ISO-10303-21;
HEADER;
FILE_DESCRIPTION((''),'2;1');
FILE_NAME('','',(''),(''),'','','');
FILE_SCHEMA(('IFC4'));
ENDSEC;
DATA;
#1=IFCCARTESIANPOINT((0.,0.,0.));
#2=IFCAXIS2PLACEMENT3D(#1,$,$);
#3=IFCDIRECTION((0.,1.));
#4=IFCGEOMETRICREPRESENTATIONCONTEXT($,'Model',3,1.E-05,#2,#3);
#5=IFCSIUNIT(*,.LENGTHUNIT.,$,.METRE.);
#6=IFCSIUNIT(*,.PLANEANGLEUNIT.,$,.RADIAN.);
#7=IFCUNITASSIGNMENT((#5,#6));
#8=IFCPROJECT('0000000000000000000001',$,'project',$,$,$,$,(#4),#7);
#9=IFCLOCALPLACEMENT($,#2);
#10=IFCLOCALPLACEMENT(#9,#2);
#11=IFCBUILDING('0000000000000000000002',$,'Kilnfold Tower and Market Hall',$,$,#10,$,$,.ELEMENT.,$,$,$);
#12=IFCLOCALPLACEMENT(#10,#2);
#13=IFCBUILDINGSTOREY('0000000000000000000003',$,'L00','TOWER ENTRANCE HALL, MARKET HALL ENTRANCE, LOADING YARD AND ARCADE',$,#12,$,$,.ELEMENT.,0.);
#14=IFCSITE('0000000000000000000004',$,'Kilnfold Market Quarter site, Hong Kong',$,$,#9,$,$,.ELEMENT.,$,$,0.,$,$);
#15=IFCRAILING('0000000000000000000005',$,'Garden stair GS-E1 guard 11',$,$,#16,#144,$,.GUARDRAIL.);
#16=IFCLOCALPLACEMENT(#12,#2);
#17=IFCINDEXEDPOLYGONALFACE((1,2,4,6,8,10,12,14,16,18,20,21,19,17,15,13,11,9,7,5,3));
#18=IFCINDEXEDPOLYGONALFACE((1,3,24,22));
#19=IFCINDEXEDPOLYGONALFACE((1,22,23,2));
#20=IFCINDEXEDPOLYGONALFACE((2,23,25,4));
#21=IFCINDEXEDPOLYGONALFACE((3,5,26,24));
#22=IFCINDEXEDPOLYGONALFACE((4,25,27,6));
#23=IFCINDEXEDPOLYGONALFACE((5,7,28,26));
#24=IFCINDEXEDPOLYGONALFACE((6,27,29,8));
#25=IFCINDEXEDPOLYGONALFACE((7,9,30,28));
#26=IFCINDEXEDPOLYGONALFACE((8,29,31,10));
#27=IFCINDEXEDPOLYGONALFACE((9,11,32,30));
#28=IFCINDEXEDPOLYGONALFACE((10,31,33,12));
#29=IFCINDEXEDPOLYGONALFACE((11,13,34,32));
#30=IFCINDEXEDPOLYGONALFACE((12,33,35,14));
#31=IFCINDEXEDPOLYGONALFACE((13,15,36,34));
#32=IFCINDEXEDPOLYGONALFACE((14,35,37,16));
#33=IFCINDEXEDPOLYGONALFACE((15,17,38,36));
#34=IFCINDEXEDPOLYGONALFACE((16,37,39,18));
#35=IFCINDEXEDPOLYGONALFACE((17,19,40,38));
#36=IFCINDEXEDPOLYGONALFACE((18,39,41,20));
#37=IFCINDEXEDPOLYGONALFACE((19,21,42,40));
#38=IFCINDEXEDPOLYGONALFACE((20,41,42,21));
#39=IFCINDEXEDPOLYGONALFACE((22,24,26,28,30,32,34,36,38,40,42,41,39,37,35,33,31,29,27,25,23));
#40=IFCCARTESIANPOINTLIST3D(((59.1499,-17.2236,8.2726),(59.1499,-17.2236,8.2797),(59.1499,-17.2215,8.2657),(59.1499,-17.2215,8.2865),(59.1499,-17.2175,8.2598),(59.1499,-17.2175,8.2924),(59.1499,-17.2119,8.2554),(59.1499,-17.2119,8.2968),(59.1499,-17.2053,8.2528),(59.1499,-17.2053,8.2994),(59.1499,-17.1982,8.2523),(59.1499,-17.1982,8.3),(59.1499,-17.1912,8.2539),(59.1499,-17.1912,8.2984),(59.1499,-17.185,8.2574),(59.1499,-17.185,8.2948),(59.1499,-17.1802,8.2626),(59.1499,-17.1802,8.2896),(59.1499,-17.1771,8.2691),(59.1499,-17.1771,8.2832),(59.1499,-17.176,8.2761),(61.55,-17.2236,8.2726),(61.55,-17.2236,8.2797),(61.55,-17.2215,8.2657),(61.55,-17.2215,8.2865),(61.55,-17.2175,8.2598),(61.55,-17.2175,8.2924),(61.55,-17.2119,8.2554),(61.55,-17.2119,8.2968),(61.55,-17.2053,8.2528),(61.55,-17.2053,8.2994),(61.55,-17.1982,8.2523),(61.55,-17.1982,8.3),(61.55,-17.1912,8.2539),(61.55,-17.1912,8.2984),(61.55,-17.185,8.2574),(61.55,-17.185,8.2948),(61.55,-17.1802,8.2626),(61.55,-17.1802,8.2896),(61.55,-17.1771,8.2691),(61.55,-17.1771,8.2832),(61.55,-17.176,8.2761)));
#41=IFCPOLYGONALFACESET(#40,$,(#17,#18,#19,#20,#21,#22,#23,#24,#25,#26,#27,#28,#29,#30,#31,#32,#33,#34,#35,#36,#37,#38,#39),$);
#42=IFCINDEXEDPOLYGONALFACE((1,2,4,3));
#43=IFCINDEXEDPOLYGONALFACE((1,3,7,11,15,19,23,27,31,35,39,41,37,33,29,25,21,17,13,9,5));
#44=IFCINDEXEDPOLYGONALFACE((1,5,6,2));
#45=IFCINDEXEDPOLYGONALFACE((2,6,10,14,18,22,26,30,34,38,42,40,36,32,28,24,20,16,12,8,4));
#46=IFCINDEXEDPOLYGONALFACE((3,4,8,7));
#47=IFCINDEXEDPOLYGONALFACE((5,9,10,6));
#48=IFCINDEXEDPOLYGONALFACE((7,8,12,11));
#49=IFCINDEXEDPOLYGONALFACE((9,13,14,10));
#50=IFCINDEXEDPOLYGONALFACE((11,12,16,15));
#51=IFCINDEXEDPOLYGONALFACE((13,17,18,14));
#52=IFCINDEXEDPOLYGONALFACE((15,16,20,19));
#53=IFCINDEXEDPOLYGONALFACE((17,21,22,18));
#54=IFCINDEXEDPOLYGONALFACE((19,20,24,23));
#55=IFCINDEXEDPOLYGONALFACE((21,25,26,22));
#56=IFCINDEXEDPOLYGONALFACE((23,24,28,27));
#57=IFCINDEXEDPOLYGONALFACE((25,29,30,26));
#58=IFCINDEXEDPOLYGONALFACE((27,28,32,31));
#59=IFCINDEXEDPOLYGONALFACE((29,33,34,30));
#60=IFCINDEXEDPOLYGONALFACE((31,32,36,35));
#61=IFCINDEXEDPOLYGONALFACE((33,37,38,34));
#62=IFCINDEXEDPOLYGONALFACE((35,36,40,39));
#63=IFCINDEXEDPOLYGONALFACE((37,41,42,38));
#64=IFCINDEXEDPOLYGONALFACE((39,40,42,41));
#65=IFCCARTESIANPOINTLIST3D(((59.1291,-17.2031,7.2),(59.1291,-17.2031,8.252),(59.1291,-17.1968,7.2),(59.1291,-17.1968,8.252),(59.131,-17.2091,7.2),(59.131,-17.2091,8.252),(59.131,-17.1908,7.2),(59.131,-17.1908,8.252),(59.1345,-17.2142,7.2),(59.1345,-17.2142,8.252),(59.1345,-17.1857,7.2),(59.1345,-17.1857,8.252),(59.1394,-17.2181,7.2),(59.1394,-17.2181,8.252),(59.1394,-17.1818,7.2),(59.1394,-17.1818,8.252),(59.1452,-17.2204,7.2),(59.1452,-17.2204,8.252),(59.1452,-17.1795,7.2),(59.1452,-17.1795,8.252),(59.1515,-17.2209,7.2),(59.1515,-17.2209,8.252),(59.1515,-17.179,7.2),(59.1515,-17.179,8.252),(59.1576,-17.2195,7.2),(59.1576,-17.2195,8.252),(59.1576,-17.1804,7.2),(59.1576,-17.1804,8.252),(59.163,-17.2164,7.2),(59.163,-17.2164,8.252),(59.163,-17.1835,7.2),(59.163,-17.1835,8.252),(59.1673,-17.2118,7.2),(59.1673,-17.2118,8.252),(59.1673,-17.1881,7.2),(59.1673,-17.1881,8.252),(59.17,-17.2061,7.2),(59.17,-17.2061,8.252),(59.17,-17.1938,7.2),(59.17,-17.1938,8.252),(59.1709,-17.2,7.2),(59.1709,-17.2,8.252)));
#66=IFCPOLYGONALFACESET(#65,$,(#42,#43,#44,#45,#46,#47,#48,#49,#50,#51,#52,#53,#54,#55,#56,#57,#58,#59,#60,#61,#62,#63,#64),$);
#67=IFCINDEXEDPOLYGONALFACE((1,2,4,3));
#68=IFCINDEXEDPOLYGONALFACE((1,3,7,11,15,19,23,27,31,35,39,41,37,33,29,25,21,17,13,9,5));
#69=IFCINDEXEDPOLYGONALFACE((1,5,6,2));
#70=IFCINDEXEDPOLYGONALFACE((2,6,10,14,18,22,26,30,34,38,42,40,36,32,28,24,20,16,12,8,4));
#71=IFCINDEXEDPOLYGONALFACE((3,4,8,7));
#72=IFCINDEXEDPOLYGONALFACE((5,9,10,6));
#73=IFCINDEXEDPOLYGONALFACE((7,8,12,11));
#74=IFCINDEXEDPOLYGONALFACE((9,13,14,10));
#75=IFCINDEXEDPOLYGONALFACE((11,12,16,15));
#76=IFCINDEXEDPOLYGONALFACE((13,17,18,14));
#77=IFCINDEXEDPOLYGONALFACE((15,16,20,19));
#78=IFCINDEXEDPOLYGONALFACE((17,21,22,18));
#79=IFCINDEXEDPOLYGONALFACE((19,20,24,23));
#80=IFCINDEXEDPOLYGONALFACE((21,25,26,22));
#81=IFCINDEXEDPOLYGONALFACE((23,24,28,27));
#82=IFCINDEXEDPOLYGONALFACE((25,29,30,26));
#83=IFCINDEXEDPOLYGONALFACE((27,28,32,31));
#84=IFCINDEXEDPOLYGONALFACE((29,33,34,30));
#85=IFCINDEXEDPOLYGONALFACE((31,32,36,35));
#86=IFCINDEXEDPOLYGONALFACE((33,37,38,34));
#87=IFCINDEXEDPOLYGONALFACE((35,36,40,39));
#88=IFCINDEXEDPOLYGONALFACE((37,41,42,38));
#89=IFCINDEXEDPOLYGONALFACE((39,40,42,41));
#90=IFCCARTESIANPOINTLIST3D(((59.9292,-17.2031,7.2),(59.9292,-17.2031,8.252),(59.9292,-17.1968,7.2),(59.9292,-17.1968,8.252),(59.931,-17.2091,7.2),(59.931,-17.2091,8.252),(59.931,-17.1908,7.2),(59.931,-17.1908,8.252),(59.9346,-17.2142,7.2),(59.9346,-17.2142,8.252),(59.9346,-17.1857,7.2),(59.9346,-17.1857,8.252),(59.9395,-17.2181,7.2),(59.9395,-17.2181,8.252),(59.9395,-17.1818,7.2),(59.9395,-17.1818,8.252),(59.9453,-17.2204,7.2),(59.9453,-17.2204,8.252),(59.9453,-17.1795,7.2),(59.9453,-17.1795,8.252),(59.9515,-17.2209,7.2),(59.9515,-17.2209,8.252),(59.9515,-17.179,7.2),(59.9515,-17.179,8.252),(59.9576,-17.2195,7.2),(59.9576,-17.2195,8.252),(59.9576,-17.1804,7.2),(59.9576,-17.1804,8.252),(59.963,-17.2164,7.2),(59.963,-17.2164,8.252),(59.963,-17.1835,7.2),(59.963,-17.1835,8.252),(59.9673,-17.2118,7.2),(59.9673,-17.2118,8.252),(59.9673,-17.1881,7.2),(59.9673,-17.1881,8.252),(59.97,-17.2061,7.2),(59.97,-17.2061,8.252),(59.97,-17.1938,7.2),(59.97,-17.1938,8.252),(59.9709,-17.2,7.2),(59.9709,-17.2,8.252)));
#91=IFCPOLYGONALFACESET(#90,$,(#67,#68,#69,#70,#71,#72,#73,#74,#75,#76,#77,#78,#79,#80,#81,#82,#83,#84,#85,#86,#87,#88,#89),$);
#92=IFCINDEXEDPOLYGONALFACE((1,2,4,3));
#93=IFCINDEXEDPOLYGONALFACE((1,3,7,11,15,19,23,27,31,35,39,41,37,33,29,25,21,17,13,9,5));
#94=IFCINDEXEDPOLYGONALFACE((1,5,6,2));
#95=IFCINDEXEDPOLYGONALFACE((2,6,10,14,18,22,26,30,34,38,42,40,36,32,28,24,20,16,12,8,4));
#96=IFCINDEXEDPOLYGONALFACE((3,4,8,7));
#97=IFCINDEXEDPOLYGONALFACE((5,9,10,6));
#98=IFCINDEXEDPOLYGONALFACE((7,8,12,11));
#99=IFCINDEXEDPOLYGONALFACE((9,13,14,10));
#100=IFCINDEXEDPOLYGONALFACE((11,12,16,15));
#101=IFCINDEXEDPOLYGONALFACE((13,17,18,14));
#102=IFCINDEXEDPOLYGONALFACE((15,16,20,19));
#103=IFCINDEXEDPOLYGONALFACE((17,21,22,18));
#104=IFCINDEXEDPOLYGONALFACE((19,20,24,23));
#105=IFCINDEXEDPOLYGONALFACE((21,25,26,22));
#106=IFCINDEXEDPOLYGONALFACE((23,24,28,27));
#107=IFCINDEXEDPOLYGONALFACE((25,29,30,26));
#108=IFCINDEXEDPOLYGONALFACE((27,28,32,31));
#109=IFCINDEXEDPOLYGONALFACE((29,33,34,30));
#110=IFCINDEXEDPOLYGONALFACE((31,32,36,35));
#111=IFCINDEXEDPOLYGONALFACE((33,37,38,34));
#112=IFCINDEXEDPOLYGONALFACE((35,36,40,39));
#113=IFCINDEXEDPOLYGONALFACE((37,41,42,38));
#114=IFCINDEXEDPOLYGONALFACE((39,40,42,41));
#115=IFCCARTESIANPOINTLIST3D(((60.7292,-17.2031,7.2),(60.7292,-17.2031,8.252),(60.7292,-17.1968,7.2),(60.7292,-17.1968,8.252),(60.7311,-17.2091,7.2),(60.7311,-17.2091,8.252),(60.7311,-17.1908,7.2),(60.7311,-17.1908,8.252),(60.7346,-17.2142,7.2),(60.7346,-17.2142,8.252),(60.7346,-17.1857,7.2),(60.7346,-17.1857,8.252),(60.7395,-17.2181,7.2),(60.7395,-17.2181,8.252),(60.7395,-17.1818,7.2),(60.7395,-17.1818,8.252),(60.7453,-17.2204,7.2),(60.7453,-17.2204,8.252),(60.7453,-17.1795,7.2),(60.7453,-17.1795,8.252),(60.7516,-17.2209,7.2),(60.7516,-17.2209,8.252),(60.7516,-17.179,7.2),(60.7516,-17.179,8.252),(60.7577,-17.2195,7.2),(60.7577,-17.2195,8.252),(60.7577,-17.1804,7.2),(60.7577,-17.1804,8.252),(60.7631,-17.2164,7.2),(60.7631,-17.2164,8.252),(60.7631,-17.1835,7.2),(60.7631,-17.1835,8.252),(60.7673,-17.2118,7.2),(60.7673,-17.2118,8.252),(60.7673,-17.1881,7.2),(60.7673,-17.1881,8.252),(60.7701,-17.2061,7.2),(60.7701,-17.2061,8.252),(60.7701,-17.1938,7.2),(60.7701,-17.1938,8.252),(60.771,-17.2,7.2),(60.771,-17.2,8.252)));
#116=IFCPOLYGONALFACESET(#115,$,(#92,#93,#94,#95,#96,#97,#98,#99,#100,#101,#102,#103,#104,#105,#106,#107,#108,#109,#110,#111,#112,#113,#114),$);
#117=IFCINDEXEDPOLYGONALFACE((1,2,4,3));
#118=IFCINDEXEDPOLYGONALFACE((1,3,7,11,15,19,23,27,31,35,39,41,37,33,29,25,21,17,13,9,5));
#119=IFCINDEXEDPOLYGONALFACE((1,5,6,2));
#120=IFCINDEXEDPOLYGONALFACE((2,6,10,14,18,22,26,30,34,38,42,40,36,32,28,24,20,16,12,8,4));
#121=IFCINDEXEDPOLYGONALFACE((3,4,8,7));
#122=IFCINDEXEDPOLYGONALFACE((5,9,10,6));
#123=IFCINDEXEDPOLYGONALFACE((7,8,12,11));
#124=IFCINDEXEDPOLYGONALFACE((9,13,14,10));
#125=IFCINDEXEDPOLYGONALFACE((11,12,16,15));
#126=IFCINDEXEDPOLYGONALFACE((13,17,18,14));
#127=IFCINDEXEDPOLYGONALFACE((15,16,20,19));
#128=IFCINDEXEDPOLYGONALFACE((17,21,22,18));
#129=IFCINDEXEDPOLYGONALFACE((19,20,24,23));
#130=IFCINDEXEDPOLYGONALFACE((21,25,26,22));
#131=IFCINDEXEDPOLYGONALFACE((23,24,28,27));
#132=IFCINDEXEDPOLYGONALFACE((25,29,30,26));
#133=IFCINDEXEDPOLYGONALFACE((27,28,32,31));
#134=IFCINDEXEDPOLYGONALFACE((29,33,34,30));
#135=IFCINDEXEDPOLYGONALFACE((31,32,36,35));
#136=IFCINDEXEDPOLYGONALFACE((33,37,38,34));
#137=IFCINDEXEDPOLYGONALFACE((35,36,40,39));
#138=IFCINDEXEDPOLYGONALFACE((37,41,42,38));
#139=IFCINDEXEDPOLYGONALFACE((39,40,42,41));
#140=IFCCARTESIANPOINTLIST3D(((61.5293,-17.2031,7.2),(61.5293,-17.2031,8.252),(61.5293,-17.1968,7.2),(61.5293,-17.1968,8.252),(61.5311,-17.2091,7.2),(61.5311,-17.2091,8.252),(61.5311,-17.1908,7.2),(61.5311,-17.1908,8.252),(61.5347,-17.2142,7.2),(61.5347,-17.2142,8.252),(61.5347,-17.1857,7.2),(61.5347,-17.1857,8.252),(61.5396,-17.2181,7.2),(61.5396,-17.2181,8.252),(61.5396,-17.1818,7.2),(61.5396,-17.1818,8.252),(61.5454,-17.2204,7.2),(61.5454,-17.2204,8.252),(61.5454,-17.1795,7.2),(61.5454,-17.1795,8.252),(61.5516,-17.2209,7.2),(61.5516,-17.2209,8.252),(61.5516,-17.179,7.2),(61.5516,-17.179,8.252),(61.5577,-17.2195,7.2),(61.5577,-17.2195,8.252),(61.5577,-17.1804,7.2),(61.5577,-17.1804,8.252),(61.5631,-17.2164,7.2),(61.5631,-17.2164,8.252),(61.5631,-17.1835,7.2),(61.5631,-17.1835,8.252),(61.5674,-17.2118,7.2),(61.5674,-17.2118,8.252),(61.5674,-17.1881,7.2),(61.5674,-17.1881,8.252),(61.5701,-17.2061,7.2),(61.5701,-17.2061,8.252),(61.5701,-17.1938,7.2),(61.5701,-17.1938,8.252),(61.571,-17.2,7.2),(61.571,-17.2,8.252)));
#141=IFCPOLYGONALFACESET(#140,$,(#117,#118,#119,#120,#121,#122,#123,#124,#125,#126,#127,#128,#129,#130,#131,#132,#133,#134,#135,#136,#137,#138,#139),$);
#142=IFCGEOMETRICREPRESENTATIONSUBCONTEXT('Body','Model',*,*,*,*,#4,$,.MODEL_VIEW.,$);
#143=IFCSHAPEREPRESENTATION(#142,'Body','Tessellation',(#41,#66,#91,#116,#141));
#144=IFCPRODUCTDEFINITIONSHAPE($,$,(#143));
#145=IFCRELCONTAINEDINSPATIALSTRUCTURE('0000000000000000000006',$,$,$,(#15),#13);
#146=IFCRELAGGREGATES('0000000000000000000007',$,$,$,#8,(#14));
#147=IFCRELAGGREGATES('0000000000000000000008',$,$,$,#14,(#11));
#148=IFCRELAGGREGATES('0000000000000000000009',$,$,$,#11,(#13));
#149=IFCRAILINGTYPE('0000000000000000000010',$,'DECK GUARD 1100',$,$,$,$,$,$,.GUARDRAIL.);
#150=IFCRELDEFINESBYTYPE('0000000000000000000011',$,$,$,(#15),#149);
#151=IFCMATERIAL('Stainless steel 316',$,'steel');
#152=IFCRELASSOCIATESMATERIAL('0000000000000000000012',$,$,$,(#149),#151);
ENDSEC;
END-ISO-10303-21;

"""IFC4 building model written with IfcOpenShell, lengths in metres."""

from ifc_helpers import new_model, si_unit, direction, frame, origin, origin_2d, place, context, subcontext, project, spatial, circle, extrude, material, type_object, element, save


model = new_model("IFC4")

# Units and contexts
model_context = context("Model", 3, precision=1e-05, world=origin(), true_north=direction((0.0, 1.0)))
body_context = subcontext(model_context, "Body", "Model", "MODEL_VIEW")
ifc_project = project(units=[si_unit("LENGTHUNIT", "METRE"), si_unit("PLANEANGLEUNIT", "RADIAN")], contexts=[model_context])

# Site, building, storey
site_placement = place(None, origin())
site = spatial("IfcSite", under=ifc_project, at=site_placement, Name="Kilnfold Market Quarter site, Hong Kong", CompositionType="ELEMENT", RefElevation=0.0)
building_placement = place(site_placement, origin())
building = spatial("IfcBuilding", under=site, at=building_placement, Name="Kilnfold Tower and Market Hall", CompositionType="ELEMENT")
storey_placement = place(building_placement, origin())
storey = spatial("IfcBuildingStorey", under=building, at=storey_placement, Name="L00", Description="TOWER ENTRANCE HALL, MARKET HALL ENTRANCE, LOADING YARD AND ARCADE", CompositionType="ELEMENT", Elevation=0.0)

# Railing
ifc_material_1 = material(Name="Stainless steel 316", Category="steel")
railing_type_1 = type_object("IfcRailingType", Name="DECK GUARD 1100", PredefinedType="GUARDRAIL", material=ifc_material_1)
railing_1_placement = place(storey_placement, frame((59.1499, -17.2, 7.2)))
element("IfcRailing", 1, at=railing_1_placement, inside=storey, type_object=railing_type_1, Name="Garden stair GS-E1 guard 11", PredefinedType="GUARDRAIL", context=body_context, shape_type="SweptSolid", body=[
    extrude(circle(Radius=0.0239, at=origin_2d()), frame((0.0, 0.0, 1.0762), z_axis=(1.0, 0.0, 0.0), x_axis=(0.0, 1.0, 0.0)), (0.0, 0.0, 1.0), 2.4001),
    extrude(circle(Radius=0.021, at=origin_2d()), origin(), (0.0, 0.0, 1.0), 1.052),
    extrude(circle(Radius=0.021, at=origin_2d()), frame((0.8, 0.0, 0.0)), (0.0, 0.0, 1.0), 1.052),
    extrude(circle(Radius=0.021, at=origin_2d()), frame((1.6001, 0.0, 0.0)), (0.0, 0.0, 1.0), 1.052),
    extrude(circle(Radius=0.021, at=origin_2d()), frame((2.4001, 0.0, 0.0)), (0.0, 0.0, 1.0), 1.052),
])

save(model, "model.ifc")
